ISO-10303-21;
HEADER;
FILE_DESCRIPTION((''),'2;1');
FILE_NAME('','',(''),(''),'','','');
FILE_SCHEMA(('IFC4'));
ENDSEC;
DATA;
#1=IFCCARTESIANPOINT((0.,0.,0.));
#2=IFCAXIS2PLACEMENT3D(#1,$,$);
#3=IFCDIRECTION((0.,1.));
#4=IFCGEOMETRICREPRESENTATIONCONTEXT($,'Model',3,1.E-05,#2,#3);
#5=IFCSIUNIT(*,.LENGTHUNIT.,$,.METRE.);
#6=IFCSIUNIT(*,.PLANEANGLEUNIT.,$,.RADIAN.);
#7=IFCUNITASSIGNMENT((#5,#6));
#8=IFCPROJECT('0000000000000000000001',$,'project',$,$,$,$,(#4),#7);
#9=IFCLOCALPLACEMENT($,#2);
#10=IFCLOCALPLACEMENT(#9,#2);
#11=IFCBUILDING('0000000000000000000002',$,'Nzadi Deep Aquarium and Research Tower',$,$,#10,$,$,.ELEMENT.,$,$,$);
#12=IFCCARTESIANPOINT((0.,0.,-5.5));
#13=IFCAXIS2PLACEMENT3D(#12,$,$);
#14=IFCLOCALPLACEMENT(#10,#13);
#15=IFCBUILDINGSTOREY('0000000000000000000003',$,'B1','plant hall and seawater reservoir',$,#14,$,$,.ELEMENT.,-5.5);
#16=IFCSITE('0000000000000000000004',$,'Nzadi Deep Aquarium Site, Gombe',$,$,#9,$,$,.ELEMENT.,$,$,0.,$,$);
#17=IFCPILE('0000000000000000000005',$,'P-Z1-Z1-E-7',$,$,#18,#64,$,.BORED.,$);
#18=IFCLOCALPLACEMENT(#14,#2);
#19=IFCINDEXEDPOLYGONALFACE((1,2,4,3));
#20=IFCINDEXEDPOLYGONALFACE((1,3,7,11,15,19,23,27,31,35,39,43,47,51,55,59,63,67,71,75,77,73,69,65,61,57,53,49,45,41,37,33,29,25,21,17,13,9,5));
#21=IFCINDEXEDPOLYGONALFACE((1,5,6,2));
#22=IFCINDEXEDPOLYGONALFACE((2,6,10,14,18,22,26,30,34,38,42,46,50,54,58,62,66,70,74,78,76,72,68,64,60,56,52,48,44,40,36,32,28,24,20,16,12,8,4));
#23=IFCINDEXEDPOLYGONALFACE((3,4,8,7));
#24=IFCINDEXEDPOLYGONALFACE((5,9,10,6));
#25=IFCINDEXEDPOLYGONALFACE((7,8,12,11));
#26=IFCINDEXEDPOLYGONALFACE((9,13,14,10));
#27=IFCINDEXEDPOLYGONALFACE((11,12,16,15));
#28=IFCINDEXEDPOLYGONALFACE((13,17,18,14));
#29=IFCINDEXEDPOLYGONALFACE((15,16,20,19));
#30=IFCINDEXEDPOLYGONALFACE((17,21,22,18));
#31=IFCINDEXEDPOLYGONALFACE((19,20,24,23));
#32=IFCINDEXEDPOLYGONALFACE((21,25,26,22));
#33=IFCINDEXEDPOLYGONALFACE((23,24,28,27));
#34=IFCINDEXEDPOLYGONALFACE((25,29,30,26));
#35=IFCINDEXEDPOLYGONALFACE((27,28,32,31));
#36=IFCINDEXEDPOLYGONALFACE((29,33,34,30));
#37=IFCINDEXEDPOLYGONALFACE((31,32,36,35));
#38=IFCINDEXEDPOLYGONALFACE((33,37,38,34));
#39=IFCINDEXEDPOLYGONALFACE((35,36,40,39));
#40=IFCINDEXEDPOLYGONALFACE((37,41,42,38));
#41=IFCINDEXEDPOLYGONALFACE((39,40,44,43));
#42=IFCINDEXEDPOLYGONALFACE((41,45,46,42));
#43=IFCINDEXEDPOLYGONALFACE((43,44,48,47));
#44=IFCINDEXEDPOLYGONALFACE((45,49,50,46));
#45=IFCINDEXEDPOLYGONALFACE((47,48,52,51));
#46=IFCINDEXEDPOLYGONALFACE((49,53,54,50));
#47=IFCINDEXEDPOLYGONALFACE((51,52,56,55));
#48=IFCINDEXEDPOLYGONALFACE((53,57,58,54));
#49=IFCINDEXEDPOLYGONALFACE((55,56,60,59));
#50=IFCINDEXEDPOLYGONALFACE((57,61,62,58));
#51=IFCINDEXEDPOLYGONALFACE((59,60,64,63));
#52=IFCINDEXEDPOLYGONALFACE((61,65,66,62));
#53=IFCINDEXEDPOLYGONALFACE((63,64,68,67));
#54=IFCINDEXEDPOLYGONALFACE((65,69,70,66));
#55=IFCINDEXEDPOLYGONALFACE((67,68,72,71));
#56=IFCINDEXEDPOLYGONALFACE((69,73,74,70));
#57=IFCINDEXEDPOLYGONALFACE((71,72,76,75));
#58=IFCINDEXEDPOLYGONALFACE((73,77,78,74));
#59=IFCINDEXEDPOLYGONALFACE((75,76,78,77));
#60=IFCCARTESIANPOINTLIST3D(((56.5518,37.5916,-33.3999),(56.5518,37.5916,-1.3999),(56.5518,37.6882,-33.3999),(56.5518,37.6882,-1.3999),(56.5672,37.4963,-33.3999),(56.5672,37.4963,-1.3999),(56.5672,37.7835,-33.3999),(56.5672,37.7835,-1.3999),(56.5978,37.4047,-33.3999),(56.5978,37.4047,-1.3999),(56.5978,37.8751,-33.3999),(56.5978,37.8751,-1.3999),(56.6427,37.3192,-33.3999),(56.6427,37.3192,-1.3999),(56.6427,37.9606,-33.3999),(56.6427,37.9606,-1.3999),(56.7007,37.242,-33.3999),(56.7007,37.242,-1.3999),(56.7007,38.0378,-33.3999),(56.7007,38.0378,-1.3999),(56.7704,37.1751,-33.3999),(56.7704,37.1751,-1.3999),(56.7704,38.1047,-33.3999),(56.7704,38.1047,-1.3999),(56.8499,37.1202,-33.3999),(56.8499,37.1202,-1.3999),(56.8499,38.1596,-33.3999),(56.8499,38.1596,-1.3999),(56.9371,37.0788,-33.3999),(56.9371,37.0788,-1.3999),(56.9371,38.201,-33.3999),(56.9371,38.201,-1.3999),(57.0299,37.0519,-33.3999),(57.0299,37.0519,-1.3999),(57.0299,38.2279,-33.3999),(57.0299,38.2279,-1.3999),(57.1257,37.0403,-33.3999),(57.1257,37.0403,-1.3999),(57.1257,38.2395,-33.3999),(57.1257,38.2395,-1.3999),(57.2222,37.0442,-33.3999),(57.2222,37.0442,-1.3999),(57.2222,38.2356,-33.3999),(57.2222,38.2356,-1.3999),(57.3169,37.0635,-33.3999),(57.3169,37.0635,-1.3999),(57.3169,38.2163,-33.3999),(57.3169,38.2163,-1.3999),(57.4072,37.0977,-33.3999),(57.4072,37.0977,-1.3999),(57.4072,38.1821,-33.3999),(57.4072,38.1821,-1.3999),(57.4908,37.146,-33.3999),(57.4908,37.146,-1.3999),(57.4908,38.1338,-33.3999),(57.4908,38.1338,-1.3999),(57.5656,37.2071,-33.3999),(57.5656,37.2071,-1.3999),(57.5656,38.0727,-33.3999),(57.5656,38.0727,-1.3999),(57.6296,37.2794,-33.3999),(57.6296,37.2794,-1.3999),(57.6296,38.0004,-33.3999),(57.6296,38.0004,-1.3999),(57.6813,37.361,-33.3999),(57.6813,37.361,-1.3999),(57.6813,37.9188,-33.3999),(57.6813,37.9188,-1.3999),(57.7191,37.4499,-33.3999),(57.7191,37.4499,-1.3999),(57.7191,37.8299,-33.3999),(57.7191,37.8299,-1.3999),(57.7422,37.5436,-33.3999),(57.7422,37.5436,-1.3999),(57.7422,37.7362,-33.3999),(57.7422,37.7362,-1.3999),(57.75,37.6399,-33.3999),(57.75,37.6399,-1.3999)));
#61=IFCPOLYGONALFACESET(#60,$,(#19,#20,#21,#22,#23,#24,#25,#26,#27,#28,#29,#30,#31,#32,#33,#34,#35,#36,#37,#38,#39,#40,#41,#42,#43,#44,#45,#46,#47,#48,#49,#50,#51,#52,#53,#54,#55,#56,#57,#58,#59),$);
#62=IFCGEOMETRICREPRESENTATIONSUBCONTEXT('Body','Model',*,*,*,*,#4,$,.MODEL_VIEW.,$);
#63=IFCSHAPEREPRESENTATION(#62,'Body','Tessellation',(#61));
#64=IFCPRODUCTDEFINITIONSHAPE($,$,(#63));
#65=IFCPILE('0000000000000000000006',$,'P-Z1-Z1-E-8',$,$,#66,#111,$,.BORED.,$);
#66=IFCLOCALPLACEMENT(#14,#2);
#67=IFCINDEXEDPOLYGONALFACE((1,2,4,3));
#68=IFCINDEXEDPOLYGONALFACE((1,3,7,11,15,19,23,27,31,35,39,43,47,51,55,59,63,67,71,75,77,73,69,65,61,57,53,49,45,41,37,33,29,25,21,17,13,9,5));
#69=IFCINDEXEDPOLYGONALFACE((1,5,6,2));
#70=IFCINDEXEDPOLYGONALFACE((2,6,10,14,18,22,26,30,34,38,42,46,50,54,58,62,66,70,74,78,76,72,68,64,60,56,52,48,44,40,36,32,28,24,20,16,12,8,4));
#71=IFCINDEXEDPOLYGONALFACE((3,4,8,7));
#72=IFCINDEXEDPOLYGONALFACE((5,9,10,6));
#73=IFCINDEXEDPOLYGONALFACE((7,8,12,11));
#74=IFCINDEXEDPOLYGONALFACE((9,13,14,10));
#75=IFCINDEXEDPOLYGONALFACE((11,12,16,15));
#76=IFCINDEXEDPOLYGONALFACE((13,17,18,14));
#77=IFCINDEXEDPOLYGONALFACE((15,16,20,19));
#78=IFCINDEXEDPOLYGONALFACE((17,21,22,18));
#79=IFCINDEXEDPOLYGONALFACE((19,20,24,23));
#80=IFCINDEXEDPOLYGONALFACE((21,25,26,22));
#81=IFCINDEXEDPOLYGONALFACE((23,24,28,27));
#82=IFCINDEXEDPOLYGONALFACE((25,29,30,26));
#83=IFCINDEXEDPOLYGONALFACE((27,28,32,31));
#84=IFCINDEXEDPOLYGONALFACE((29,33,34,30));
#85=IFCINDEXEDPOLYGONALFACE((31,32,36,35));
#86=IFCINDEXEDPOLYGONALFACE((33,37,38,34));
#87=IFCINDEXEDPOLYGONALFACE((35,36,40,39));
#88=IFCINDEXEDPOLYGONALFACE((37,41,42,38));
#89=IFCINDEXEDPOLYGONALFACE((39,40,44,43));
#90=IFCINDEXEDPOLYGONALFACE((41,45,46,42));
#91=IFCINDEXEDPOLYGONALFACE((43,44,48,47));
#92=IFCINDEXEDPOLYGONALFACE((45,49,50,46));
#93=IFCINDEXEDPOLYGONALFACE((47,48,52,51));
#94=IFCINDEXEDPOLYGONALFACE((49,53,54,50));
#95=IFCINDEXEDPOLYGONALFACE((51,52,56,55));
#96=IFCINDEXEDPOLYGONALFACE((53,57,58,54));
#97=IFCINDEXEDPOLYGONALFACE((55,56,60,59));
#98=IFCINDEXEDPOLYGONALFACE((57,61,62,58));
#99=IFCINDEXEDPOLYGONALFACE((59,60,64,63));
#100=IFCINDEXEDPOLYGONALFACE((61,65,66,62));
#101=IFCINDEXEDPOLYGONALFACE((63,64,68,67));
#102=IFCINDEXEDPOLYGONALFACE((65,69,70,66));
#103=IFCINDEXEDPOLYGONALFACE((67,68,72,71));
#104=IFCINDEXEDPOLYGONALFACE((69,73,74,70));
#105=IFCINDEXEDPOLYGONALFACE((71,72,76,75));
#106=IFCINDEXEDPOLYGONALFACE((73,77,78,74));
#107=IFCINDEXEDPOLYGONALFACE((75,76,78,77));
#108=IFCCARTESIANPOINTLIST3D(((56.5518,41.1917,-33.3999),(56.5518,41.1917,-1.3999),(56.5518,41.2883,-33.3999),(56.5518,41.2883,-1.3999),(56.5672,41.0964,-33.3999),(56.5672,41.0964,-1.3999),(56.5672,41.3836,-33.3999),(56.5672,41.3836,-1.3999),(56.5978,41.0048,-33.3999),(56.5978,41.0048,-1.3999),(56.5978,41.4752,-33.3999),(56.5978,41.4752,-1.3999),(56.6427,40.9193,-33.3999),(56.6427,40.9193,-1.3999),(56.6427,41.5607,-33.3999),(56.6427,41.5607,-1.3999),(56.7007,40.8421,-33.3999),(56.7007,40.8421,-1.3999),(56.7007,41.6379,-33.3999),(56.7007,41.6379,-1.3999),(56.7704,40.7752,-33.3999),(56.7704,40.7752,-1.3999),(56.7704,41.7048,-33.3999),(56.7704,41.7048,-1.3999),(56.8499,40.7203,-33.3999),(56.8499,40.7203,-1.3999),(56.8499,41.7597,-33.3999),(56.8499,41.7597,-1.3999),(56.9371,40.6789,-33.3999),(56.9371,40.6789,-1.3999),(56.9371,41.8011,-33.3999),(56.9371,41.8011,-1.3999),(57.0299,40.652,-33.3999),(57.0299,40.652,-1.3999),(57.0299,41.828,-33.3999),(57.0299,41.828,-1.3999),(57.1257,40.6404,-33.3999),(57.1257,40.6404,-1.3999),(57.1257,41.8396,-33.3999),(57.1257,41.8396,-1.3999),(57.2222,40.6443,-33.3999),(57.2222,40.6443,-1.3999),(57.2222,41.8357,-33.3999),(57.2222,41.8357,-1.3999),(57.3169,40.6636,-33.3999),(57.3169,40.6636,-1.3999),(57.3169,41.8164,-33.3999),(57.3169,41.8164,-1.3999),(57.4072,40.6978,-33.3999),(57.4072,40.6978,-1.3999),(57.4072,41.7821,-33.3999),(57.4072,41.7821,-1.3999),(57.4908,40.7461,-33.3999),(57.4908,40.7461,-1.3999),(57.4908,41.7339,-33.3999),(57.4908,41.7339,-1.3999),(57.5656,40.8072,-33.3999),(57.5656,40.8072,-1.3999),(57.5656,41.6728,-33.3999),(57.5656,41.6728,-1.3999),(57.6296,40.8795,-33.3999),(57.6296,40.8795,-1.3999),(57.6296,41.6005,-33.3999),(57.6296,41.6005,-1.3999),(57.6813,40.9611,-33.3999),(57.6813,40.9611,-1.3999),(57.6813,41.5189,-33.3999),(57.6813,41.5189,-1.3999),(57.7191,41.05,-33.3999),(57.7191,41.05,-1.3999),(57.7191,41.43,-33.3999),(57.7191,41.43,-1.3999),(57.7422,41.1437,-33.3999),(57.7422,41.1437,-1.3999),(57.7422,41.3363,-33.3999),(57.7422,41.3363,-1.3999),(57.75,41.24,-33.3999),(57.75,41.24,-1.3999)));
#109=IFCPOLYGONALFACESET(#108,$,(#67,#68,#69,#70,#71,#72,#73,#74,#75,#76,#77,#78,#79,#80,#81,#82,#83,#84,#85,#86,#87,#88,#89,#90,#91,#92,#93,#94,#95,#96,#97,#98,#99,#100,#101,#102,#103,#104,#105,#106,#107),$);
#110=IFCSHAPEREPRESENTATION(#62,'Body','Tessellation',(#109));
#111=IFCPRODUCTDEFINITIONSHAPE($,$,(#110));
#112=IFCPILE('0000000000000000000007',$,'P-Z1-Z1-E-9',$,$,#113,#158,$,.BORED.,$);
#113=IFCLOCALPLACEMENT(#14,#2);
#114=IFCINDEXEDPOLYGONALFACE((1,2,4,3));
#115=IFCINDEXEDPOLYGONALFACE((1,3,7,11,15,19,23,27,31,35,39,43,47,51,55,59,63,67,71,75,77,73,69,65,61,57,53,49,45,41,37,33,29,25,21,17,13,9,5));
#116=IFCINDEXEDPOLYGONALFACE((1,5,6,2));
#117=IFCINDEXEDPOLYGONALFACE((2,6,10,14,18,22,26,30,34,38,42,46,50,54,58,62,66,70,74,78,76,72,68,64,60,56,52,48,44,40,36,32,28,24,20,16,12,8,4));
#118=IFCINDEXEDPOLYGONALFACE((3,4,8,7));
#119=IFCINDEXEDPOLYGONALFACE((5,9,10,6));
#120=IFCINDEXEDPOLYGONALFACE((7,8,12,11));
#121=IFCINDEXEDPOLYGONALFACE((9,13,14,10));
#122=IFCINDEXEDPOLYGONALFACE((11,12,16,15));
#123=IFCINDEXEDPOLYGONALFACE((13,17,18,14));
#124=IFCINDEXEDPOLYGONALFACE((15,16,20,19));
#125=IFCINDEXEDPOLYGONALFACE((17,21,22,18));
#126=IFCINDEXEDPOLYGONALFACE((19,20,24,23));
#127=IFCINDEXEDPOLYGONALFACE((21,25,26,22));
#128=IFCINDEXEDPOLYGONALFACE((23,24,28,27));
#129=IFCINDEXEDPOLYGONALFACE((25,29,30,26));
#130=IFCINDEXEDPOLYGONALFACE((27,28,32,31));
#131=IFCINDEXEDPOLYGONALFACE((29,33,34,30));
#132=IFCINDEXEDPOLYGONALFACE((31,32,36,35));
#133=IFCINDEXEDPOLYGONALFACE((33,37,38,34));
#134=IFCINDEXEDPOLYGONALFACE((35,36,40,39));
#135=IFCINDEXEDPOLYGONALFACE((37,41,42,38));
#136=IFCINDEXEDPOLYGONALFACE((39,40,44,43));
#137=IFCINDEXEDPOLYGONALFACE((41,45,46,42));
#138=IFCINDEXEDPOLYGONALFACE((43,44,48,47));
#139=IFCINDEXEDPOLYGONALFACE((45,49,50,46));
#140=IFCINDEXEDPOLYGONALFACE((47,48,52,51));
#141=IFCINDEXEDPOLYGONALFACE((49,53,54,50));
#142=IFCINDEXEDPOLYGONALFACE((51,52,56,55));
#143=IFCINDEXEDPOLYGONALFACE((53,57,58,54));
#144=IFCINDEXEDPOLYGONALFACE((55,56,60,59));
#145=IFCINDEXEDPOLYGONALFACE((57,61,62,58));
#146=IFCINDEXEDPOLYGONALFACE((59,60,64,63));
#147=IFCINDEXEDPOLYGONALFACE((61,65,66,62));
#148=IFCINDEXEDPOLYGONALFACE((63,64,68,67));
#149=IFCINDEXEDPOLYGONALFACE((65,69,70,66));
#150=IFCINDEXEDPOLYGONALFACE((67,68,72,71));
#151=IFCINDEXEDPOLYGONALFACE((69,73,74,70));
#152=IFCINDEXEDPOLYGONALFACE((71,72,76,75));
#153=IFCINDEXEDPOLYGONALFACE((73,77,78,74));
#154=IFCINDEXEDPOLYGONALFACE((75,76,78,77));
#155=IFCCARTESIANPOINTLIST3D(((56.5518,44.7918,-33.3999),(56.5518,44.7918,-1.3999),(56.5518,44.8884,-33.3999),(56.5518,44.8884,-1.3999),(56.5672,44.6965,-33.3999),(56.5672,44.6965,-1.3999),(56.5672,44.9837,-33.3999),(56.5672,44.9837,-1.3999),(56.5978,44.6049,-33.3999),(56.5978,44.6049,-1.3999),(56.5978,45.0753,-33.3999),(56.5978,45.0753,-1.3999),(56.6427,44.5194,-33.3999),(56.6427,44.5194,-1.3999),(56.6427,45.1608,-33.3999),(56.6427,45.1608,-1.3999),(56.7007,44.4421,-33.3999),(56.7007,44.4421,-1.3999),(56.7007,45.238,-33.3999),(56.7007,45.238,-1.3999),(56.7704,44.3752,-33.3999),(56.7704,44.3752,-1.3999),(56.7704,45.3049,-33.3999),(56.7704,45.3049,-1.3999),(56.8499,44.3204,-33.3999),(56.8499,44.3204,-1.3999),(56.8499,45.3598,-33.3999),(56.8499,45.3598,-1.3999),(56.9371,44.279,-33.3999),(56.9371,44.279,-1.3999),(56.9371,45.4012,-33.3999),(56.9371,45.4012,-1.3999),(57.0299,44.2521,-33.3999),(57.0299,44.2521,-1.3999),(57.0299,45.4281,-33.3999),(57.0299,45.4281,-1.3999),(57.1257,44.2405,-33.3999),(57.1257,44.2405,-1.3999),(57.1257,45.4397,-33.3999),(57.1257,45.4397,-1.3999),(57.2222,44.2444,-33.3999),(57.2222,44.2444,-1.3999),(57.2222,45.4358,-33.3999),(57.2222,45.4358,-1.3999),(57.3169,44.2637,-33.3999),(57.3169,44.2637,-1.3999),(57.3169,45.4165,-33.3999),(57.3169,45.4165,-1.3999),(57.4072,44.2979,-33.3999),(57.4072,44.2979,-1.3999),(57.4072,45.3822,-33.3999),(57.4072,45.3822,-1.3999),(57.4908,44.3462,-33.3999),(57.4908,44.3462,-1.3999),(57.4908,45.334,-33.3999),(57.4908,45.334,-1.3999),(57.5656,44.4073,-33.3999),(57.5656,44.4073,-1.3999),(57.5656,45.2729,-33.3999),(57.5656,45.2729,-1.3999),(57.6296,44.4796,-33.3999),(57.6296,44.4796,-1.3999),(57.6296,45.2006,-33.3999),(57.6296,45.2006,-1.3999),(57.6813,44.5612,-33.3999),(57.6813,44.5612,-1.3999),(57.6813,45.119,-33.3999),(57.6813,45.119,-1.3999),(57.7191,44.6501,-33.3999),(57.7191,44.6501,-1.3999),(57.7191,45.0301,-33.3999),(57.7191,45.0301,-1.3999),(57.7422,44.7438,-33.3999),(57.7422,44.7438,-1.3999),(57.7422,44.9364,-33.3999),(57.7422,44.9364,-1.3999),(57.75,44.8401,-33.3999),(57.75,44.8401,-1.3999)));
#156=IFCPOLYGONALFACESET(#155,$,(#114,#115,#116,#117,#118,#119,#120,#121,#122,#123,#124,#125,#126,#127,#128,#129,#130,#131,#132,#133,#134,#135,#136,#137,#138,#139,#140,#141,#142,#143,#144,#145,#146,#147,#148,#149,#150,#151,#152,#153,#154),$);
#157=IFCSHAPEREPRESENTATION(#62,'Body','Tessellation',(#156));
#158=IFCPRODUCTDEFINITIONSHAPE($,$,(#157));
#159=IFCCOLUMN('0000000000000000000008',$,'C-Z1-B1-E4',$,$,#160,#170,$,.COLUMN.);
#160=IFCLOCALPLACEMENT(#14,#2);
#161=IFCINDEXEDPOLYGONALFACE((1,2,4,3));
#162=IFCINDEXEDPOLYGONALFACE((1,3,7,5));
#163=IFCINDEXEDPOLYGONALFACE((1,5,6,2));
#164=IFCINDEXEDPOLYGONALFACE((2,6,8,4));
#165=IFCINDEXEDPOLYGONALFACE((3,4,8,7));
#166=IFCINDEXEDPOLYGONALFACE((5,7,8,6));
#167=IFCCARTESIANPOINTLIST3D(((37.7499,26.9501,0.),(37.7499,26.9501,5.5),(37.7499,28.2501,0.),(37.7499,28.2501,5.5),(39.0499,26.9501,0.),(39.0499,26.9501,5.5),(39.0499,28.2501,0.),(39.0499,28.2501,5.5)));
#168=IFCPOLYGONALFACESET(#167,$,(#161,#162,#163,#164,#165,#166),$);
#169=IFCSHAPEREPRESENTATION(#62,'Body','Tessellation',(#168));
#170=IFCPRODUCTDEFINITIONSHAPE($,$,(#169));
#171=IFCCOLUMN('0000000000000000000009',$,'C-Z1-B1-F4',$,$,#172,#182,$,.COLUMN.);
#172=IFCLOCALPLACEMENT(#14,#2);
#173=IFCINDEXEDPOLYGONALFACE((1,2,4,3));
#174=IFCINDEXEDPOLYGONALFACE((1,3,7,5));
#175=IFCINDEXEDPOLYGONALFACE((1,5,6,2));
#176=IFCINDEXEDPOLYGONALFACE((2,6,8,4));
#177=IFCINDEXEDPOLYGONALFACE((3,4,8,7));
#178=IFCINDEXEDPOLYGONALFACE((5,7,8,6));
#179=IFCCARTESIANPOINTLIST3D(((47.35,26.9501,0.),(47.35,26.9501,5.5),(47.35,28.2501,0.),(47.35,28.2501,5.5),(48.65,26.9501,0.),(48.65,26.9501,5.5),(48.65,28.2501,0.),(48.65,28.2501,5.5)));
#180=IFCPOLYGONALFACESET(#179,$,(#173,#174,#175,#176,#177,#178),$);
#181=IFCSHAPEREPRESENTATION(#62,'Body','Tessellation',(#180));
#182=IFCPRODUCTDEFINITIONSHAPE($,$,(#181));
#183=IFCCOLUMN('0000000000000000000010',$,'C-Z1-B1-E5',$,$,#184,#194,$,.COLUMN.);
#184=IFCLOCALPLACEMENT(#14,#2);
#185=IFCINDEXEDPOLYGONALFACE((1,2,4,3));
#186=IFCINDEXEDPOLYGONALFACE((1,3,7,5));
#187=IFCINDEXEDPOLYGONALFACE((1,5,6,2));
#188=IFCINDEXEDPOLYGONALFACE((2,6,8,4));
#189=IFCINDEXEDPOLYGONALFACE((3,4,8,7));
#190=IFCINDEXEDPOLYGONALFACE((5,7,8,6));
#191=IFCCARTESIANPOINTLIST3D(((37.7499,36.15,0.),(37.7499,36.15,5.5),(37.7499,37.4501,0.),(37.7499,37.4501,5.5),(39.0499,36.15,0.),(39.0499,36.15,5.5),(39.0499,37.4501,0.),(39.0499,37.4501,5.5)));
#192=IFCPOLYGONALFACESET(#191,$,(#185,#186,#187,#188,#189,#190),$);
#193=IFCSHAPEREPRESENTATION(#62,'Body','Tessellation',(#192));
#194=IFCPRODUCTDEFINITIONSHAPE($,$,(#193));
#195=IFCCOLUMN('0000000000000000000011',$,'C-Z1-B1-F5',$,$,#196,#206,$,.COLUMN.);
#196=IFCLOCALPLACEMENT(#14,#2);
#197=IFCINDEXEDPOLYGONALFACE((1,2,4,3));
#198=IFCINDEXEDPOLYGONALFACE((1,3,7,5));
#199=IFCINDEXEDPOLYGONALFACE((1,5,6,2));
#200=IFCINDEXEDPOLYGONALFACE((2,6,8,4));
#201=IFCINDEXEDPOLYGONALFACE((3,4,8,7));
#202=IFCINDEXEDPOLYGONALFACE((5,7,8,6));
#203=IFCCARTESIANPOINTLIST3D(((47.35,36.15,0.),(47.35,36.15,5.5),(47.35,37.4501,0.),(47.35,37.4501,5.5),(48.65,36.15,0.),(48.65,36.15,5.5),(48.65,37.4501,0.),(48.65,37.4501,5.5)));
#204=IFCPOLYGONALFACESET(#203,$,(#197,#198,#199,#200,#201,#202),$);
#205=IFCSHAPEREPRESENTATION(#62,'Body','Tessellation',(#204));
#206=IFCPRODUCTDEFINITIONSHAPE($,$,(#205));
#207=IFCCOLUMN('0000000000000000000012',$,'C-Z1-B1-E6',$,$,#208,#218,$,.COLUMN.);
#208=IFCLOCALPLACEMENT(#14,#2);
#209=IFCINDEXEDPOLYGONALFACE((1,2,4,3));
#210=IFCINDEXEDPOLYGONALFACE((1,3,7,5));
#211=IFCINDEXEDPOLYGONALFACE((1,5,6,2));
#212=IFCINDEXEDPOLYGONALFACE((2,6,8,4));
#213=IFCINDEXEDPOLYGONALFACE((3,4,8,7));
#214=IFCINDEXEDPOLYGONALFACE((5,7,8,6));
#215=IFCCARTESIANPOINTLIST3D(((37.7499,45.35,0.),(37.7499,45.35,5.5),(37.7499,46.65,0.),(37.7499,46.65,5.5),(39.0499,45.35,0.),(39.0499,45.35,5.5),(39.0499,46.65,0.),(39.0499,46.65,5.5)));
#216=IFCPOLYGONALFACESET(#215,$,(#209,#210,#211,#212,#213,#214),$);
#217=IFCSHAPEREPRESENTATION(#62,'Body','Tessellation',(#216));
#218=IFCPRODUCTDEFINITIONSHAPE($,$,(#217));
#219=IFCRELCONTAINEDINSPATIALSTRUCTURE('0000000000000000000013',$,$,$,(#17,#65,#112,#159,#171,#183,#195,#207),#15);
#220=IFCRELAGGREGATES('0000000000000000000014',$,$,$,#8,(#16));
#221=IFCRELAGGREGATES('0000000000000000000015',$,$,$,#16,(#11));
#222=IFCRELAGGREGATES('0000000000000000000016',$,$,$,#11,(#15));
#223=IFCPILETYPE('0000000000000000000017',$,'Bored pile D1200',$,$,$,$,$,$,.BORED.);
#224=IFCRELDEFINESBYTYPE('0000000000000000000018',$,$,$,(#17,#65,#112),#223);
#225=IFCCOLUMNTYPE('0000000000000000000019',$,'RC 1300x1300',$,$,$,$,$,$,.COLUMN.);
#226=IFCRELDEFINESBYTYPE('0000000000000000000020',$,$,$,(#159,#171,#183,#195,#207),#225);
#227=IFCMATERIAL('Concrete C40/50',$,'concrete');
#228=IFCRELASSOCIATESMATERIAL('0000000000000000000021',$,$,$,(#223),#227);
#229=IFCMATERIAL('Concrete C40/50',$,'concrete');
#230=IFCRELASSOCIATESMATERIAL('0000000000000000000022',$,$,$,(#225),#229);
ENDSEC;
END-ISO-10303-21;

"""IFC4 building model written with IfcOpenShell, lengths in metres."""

from ifc_helpers import new_model, si_unit, direction, frame, origin, origin_2d, place, context, subcontext, project, spatial, rectangle, circle, extrude, material, material_profile, profile_set, type_object, element, save


model = new_model("IFC4")

# Units and contexts
model_context = context("Model", 3, precision=1e-05, world=origin(), true_north=direction((0.0, 1.0)))
body_context = subcontext(model_context, "Body", "Model", "MODEL_VIEW")
ifc_project = project(units=[si_unit("LENGTHUNIT", "METRE"), si_unit("PLANEANGLEUNIT", "RADIAN")], contexts=[model_context])

# Site, building, storey
site_placement = place(None, origin())
site = spatial("IfcSite", under=ifc_project, at=site_placement, Name="Nzadi Deep Aquarium Site, Gombe", CompositionType="ELEMENT", RefElevation=0.0)
building_placement = place(site_placement, origin())
building = spatial("IfcBuilding", under=site, at=building_placement, Name="Nzadi Deep Aquarium and Research Tower", CompositionType="ELEMENT")
storey_placement = place(building_placement, frame((0.0, 0.0, -5.5)))
storey = spatial("IfcBuildingStorey", under=building, at=storey_placement, Name="B1", Description="plant hall and seawater reservoir", CompositionType="ELEMENT", Elevation=-5.5)

# Piles
ifc_material_1 = material(Name="Concrete C40/50", Category="concrete")
ifc_material_profile_1 = material_profile(ifc_material_1, circle(Radius=0.6001, at=origin_2d()))
ifc_profile_set_1 = profile_set([ifc_material_profile_1], Name="Concrete C40/50")
pile_type_1 = type_object("IfcPileType", Name="Bored pile D1200", PredefinedType="BORED", material=ifc_profile_set_1)
for number, where, z_axis, x_axis, name in (
    (1, (57.1499, 37.6399, -1.3999), (0.0, 0.0, -1.0), (1.0, 0.0, 0.0), "P-Z1-Z1-E-7"),
    (2, (57.1499, 41.24, -1.3999), (0.0, 0.0, -1.0), (1.0, 0.0, 0.0), "P-Z1-Z1-E-8"),
    (3, (57.1499, 44.8401, -1.3999), (0.0, 0.0, -1.0), (1.0, 0.0, 0.0), "P-Z1-Z1-E-9"),
):
    element("IfcPile", number, at=place(storey_placement, frame(where, z_axis=z_axis, x_axis=x_axis)), inside=storey, type_object=pile_type_1, Name=name, PredefinedType="BORED", context=body_context, shape_type="SweptSolid", body=[
        extrude(circle(Radius=0.6001, at=origin_2d()), origin(), (0.0, 0.0, 1.0), 32.0),
    ])

# Columns
ifc_material_2 = material(Name="Concrete C40/50", Category="concrete")
ifc_material_profile_2 = material_profile(ifc_material_2, rectangle(XDim=1.3, YDim=1.3, at=origin_2d()))
ifc_profile_set_2 = profile_set([ifc_material_profile_2], Name="Concrete C40/50")
column_type = type_object("IfcColumnType", Name="RC 1300x1300", PredefinedType="COLUMN", material=ifc_profile_set_2)
for number, where, z_axis, x_axis, name in (
    (4, (38.3999, 27.6001, 0.0), (0.0, 0.0, 1.0), (1.0, 0.0, 0.0), "C-Z1-B1-E4"),
    (5, (48.0, 27.6001, 0.0), (0.0, 0.0, 1.0), (1.0, 0.0, 0.0), "C-Z1-B1-F4"),
    (6, (38.3999, 36.8, 0.0), (0.0, 0.0, 1.0), (1.0, 0.0, 0.0), "C-Z1-B1-E5"),
    (7, (48.0, 36.8, 0.0), (0.0, 0.0, 1.0), (1.0, 0.0, 0.0), "C-Z1-B1-F5"),
    (8, (38.3999, 46.0, 0.0), (0.0, 0.0, 1.0), (1.0, 0.0, 0.0), "C-Z1-B1-E6"),
):
    element("IfcColumn", number, at=place(storey_placement, frame(where, z_axis=z_axis, x_axis=x_axis)), inside=storey, type_object=column_type, Name=name, PredefinedType="COLUMN", context=body_context, shape_type="SweptSolid", body=[
        extrude(rectangle(XDim=1.3, YDim=1.3, at=origin_2d()), origin(), (0.0, 0.0, 1.0), 5.5),
    ])

save(model, "model.ifc")
